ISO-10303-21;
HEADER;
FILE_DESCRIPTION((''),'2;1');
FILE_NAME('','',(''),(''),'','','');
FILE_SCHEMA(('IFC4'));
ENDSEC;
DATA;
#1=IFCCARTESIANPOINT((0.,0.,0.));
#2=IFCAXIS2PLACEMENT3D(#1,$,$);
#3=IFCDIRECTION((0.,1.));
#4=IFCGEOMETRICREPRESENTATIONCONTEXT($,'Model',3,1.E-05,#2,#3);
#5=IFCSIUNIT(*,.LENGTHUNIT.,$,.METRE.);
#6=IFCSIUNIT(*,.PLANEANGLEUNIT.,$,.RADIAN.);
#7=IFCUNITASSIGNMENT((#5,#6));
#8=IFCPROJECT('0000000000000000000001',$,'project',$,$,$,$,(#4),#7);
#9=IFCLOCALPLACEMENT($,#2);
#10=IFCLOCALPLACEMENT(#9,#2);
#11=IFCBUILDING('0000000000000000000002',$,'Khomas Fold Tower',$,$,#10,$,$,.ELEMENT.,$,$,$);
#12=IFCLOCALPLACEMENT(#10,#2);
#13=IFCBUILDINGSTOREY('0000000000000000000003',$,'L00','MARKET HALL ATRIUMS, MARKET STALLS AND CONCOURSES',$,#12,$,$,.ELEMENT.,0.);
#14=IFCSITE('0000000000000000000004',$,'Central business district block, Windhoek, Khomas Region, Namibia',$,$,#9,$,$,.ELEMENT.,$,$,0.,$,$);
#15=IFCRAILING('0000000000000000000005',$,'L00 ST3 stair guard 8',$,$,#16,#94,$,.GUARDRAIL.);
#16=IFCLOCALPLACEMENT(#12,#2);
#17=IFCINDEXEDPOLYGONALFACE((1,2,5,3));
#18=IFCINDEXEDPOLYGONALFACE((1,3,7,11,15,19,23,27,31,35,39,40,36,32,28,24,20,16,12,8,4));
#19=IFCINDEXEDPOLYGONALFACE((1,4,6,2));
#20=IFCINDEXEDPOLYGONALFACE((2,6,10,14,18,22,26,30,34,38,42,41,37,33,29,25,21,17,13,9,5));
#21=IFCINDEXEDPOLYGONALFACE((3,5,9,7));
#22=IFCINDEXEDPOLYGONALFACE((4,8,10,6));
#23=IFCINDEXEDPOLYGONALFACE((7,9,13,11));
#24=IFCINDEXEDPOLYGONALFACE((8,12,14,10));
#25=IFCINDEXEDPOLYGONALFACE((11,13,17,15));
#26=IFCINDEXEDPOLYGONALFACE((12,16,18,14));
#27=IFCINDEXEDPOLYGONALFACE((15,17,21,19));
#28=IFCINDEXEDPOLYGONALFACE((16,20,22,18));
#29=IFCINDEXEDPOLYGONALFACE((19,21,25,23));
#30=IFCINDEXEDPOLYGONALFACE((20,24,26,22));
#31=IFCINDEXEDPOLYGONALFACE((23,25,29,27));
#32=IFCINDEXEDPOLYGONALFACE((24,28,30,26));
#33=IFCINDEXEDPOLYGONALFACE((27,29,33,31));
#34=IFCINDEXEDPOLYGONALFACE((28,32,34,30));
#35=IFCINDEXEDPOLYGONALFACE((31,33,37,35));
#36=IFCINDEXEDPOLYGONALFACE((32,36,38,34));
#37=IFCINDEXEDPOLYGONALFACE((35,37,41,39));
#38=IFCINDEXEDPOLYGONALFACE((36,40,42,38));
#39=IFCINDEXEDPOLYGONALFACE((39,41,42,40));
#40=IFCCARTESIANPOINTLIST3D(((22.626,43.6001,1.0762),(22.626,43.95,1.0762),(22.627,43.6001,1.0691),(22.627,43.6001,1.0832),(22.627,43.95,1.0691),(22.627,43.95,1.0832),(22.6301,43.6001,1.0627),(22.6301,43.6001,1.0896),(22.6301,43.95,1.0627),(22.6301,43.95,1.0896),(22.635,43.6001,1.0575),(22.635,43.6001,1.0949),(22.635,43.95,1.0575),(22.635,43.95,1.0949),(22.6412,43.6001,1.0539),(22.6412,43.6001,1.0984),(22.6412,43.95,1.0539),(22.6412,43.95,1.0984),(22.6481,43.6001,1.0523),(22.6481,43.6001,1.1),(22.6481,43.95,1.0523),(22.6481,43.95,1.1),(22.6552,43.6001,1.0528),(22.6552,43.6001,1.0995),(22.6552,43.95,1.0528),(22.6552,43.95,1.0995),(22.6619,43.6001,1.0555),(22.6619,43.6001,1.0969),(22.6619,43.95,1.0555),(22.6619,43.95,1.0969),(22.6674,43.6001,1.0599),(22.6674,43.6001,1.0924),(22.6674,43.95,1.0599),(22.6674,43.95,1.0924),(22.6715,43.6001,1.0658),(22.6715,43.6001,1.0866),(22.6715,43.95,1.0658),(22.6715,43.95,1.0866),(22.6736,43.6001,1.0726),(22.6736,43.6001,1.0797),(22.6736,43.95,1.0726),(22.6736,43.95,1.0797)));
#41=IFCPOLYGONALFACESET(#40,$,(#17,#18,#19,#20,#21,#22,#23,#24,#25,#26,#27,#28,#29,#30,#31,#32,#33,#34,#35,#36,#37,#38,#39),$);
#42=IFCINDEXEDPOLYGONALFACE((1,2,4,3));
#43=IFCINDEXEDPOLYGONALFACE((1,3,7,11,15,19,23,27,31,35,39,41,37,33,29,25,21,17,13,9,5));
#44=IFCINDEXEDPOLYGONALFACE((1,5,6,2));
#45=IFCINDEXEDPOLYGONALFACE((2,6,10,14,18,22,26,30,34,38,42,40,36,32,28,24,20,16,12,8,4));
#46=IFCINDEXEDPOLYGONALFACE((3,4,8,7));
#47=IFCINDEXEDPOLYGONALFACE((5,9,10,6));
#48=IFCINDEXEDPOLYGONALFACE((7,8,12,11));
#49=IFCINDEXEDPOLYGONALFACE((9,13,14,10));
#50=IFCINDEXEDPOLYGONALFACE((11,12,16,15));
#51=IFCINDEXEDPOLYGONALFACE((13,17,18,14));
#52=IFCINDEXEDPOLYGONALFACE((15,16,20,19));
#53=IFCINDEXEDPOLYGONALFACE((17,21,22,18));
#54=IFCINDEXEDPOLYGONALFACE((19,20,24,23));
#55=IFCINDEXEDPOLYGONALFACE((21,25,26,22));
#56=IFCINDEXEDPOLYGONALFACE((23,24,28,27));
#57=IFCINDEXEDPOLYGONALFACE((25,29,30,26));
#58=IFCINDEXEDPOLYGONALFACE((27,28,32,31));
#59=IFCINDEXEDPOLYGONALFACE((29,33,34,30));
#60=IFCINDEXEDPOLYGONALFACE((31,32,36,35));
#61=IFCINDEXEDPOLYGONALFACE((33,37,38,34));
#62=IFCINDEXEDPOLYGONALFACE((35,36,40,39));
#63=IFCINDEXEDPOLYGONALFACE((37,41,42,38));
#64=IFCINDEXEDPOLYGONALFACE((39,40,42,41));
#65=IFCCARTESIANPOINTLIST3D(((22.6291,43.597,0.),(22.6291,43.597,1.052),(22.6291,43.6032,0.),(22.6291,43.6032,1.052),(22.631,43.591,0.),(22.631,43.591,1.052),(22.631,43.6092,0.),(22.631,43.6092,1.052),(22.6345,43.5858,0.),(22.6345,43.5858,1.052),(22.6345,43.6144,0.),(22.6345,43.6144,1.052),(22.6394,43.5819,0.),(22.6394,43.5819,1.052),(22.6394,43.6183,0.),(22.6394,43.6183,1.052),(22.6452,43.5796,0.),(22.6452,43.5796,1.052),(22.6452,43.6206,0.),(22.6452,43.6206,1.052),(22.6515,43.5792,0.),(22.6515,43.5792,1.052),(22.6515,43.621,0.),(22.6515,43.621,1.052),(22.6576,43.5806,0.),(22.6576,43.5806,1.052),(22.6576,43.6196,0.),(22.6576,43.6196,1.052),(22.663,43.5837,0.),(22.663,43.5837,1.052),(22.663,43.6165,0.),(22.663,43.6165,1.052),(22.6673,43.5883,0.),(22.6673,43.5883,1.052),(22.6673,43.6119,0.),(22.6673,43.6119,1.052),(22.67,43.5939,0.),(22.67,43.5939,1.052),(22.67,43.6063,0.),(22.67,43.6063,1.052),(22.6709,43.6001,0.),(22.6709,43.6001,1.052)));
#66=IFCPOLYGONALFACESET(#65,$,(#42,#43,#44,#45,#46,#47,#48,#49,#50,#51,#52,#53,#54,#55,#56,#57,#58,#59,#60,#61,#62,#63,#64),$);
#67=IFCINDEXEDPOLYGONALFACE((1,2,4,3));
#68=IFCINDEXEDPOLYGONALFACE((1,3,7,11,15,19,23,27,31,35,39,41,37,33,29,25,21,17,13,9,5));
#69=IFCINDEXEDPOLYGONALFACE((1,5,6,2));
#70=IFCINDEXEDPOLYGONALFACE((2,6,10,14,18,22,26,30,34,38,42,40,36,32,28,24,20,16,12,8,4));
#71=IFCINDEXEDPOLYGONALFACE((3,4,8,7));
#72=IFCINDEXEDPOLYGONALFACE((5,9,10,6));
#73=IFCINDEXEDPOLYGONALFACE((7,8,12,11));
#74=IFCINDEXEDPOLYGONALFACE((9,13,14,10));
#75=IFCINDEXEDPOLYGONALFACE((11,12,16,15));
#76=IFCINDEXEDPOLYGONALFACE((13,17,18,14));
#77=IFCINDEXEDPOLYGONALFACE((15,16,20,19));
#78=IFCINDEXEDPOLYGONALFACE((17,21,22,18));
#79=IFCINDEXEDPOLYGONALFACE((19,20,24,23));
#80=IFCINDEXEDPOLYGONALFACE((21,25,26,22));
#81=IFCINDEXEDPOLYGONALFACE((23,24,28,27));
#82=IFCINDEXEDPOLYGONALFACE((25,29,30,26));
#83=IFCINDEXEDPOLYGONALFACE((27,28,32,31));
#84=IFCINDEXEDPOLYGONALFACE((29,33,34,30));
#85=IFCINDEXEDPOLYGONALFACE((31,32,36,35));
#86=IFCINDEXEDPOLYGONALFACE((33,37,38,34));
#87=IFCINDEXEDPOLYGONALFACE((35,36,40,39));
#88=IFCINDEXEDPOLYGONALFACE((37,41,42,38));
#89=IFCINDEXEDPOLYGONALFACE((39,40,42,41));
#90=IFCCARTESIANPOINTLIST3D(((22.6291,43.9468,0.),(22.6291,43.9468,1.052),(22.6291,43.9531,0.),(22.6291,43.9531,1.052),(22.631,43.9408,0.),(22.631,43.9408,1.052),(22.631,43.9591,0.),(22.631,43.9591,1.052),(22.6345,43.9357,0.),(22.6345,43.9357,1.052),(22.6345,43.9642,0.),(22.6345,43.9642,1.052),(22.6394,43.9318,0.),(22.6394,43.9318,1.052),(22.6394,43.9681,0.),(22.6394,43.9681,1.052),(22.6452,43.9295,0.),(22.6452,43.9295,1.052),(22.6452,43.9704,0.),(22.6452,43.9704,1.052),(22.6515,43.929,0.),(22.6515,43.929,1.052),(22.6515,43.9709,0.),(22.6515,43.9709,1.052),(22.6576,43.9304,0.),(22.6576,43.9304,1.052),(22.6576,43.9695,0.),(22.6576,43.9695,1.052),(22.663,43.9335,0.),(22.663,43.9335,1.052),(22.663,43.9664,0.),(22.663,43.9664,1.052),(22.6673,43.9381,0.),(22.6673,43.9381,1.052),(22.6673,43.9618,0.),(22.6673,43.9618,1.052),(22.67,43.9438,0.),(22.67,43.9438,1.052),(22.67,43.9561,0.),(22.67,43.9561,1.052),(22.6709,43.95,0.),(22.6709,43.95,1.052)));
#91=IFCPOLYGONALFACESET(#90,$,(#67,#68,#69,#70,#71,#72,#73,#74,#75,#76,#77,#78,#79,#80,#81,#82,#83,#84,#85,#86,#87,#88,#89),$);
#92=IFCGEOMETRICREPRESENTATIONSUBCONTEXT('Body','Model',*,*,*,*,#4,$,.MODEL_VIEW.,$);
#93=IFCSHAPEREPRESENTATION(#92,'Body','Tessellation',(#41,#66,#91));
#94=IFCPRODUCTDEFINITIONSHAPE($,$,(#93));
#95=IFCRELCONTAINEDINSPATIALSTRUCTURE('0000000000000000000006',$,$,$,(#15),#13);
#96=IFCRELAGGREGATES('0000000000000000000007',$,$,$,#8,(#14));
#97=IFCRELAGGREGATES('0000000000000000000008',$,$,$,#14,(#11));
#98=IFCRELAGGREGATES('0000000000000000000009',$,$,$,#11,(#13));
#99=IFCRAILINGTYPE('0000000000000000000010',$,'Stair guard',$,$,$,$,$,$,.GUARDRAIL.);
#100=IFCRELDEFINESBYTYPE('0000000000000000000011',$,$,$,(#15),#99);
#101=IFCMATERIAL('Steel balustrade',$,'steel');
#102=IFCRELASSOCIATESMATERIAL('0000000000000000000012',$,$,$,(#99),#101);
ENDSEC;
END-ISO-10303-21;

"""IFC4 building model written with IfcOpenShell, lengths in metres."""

from ifc_helpers import new_model, si_unit, direction, frame, origin, origin_2d, place, context, subcontext, project, spatial, circle, extrude, source, transform, mapped, material, type_object, element, save


model = new_model("IFC4")

# Units and contexts
model_context = context("Model", 3, precision=1e-05, world=origin(), true_north=direction((0.0, 1.0)))
body_context = subcontext(model_context, "Body", "Model", "MODEL_VIEW")
ifc_project = project(units=[si_unit("LENGTHUNIT", "METRE"), si_unit("PLANEANGLEUNIT", "RADIAN")], contexts=[model_context])

# Site, building, storey
site_placement = place(None, origin())
site = spatial("IfcSite", under=ifc_project, at=site_placement, Name="Central business district block, Windhoek, Khomas Region, Namibia", CompositionType="ELEMENT", RefElevation=0.0)
building_placement = place(site_placement, origin())
building = spatial("IfcBuilding", under=site, at=building_placement, Name="Khomas Fold Tower", CompositionType="ELEMENT")
storey_placement = place(building_placement, origin())
storey = spatial("IfcBuildingStorey", under=building, at=storey_placement, Name="L00", Description="MARKET HALL ATRIUMS, MARKET STALLS AND CONCOURSES", CompositionType="ELEMENT", Elevation=0.0)

# Railing
ifc_material_1 = material(Name="Steel balustrade", Category="steel")
railing_type_1 = type_object("IfcRailingType", Name="Stair guard", PredefinedType="GUARDRAIL", material=ifc_material_1)
shared_shape_1 = source(origin(), body_context, "Body", "SweptSolid", [
    extrude(circle(Radius=0.0239, at=origin_2d()), frame((0.0, 0.0, 1.0762), z_axis=(0.0, 1.0, 0.0), x_axis=(-1.0, 0.0, 0.0)), (0.0, 0.0, 1.0), 0.3499),
    extrude(circle(Radius=0.021, at=origin_2d()), origin(), (0.0, 0.0, 1.0), 1.052),
    extrude(circle(Radius=0.021, at=origin_2d()), frame((0.0, 0.3499, 0.0)), (0.0, 0.0, 1.0), 1.052),
])
for number, where, name in (
    (1, (22.6499, 43.6001, 0.0), "L00 ST3 stair guard 8"),
):
    element("IfcRailing", number, at=place(storey_placement, frame(where)), inside=storey, type_object=railing_type_1, Name=name, PredefinedType="GUARDRAIL", context=body_context, shape_type="MappedRepresentation", body=[
        mapped(shared_shape_1, transform((0.0, 0.0, 0.0))),
    ])

save(model, "model.ifc")
